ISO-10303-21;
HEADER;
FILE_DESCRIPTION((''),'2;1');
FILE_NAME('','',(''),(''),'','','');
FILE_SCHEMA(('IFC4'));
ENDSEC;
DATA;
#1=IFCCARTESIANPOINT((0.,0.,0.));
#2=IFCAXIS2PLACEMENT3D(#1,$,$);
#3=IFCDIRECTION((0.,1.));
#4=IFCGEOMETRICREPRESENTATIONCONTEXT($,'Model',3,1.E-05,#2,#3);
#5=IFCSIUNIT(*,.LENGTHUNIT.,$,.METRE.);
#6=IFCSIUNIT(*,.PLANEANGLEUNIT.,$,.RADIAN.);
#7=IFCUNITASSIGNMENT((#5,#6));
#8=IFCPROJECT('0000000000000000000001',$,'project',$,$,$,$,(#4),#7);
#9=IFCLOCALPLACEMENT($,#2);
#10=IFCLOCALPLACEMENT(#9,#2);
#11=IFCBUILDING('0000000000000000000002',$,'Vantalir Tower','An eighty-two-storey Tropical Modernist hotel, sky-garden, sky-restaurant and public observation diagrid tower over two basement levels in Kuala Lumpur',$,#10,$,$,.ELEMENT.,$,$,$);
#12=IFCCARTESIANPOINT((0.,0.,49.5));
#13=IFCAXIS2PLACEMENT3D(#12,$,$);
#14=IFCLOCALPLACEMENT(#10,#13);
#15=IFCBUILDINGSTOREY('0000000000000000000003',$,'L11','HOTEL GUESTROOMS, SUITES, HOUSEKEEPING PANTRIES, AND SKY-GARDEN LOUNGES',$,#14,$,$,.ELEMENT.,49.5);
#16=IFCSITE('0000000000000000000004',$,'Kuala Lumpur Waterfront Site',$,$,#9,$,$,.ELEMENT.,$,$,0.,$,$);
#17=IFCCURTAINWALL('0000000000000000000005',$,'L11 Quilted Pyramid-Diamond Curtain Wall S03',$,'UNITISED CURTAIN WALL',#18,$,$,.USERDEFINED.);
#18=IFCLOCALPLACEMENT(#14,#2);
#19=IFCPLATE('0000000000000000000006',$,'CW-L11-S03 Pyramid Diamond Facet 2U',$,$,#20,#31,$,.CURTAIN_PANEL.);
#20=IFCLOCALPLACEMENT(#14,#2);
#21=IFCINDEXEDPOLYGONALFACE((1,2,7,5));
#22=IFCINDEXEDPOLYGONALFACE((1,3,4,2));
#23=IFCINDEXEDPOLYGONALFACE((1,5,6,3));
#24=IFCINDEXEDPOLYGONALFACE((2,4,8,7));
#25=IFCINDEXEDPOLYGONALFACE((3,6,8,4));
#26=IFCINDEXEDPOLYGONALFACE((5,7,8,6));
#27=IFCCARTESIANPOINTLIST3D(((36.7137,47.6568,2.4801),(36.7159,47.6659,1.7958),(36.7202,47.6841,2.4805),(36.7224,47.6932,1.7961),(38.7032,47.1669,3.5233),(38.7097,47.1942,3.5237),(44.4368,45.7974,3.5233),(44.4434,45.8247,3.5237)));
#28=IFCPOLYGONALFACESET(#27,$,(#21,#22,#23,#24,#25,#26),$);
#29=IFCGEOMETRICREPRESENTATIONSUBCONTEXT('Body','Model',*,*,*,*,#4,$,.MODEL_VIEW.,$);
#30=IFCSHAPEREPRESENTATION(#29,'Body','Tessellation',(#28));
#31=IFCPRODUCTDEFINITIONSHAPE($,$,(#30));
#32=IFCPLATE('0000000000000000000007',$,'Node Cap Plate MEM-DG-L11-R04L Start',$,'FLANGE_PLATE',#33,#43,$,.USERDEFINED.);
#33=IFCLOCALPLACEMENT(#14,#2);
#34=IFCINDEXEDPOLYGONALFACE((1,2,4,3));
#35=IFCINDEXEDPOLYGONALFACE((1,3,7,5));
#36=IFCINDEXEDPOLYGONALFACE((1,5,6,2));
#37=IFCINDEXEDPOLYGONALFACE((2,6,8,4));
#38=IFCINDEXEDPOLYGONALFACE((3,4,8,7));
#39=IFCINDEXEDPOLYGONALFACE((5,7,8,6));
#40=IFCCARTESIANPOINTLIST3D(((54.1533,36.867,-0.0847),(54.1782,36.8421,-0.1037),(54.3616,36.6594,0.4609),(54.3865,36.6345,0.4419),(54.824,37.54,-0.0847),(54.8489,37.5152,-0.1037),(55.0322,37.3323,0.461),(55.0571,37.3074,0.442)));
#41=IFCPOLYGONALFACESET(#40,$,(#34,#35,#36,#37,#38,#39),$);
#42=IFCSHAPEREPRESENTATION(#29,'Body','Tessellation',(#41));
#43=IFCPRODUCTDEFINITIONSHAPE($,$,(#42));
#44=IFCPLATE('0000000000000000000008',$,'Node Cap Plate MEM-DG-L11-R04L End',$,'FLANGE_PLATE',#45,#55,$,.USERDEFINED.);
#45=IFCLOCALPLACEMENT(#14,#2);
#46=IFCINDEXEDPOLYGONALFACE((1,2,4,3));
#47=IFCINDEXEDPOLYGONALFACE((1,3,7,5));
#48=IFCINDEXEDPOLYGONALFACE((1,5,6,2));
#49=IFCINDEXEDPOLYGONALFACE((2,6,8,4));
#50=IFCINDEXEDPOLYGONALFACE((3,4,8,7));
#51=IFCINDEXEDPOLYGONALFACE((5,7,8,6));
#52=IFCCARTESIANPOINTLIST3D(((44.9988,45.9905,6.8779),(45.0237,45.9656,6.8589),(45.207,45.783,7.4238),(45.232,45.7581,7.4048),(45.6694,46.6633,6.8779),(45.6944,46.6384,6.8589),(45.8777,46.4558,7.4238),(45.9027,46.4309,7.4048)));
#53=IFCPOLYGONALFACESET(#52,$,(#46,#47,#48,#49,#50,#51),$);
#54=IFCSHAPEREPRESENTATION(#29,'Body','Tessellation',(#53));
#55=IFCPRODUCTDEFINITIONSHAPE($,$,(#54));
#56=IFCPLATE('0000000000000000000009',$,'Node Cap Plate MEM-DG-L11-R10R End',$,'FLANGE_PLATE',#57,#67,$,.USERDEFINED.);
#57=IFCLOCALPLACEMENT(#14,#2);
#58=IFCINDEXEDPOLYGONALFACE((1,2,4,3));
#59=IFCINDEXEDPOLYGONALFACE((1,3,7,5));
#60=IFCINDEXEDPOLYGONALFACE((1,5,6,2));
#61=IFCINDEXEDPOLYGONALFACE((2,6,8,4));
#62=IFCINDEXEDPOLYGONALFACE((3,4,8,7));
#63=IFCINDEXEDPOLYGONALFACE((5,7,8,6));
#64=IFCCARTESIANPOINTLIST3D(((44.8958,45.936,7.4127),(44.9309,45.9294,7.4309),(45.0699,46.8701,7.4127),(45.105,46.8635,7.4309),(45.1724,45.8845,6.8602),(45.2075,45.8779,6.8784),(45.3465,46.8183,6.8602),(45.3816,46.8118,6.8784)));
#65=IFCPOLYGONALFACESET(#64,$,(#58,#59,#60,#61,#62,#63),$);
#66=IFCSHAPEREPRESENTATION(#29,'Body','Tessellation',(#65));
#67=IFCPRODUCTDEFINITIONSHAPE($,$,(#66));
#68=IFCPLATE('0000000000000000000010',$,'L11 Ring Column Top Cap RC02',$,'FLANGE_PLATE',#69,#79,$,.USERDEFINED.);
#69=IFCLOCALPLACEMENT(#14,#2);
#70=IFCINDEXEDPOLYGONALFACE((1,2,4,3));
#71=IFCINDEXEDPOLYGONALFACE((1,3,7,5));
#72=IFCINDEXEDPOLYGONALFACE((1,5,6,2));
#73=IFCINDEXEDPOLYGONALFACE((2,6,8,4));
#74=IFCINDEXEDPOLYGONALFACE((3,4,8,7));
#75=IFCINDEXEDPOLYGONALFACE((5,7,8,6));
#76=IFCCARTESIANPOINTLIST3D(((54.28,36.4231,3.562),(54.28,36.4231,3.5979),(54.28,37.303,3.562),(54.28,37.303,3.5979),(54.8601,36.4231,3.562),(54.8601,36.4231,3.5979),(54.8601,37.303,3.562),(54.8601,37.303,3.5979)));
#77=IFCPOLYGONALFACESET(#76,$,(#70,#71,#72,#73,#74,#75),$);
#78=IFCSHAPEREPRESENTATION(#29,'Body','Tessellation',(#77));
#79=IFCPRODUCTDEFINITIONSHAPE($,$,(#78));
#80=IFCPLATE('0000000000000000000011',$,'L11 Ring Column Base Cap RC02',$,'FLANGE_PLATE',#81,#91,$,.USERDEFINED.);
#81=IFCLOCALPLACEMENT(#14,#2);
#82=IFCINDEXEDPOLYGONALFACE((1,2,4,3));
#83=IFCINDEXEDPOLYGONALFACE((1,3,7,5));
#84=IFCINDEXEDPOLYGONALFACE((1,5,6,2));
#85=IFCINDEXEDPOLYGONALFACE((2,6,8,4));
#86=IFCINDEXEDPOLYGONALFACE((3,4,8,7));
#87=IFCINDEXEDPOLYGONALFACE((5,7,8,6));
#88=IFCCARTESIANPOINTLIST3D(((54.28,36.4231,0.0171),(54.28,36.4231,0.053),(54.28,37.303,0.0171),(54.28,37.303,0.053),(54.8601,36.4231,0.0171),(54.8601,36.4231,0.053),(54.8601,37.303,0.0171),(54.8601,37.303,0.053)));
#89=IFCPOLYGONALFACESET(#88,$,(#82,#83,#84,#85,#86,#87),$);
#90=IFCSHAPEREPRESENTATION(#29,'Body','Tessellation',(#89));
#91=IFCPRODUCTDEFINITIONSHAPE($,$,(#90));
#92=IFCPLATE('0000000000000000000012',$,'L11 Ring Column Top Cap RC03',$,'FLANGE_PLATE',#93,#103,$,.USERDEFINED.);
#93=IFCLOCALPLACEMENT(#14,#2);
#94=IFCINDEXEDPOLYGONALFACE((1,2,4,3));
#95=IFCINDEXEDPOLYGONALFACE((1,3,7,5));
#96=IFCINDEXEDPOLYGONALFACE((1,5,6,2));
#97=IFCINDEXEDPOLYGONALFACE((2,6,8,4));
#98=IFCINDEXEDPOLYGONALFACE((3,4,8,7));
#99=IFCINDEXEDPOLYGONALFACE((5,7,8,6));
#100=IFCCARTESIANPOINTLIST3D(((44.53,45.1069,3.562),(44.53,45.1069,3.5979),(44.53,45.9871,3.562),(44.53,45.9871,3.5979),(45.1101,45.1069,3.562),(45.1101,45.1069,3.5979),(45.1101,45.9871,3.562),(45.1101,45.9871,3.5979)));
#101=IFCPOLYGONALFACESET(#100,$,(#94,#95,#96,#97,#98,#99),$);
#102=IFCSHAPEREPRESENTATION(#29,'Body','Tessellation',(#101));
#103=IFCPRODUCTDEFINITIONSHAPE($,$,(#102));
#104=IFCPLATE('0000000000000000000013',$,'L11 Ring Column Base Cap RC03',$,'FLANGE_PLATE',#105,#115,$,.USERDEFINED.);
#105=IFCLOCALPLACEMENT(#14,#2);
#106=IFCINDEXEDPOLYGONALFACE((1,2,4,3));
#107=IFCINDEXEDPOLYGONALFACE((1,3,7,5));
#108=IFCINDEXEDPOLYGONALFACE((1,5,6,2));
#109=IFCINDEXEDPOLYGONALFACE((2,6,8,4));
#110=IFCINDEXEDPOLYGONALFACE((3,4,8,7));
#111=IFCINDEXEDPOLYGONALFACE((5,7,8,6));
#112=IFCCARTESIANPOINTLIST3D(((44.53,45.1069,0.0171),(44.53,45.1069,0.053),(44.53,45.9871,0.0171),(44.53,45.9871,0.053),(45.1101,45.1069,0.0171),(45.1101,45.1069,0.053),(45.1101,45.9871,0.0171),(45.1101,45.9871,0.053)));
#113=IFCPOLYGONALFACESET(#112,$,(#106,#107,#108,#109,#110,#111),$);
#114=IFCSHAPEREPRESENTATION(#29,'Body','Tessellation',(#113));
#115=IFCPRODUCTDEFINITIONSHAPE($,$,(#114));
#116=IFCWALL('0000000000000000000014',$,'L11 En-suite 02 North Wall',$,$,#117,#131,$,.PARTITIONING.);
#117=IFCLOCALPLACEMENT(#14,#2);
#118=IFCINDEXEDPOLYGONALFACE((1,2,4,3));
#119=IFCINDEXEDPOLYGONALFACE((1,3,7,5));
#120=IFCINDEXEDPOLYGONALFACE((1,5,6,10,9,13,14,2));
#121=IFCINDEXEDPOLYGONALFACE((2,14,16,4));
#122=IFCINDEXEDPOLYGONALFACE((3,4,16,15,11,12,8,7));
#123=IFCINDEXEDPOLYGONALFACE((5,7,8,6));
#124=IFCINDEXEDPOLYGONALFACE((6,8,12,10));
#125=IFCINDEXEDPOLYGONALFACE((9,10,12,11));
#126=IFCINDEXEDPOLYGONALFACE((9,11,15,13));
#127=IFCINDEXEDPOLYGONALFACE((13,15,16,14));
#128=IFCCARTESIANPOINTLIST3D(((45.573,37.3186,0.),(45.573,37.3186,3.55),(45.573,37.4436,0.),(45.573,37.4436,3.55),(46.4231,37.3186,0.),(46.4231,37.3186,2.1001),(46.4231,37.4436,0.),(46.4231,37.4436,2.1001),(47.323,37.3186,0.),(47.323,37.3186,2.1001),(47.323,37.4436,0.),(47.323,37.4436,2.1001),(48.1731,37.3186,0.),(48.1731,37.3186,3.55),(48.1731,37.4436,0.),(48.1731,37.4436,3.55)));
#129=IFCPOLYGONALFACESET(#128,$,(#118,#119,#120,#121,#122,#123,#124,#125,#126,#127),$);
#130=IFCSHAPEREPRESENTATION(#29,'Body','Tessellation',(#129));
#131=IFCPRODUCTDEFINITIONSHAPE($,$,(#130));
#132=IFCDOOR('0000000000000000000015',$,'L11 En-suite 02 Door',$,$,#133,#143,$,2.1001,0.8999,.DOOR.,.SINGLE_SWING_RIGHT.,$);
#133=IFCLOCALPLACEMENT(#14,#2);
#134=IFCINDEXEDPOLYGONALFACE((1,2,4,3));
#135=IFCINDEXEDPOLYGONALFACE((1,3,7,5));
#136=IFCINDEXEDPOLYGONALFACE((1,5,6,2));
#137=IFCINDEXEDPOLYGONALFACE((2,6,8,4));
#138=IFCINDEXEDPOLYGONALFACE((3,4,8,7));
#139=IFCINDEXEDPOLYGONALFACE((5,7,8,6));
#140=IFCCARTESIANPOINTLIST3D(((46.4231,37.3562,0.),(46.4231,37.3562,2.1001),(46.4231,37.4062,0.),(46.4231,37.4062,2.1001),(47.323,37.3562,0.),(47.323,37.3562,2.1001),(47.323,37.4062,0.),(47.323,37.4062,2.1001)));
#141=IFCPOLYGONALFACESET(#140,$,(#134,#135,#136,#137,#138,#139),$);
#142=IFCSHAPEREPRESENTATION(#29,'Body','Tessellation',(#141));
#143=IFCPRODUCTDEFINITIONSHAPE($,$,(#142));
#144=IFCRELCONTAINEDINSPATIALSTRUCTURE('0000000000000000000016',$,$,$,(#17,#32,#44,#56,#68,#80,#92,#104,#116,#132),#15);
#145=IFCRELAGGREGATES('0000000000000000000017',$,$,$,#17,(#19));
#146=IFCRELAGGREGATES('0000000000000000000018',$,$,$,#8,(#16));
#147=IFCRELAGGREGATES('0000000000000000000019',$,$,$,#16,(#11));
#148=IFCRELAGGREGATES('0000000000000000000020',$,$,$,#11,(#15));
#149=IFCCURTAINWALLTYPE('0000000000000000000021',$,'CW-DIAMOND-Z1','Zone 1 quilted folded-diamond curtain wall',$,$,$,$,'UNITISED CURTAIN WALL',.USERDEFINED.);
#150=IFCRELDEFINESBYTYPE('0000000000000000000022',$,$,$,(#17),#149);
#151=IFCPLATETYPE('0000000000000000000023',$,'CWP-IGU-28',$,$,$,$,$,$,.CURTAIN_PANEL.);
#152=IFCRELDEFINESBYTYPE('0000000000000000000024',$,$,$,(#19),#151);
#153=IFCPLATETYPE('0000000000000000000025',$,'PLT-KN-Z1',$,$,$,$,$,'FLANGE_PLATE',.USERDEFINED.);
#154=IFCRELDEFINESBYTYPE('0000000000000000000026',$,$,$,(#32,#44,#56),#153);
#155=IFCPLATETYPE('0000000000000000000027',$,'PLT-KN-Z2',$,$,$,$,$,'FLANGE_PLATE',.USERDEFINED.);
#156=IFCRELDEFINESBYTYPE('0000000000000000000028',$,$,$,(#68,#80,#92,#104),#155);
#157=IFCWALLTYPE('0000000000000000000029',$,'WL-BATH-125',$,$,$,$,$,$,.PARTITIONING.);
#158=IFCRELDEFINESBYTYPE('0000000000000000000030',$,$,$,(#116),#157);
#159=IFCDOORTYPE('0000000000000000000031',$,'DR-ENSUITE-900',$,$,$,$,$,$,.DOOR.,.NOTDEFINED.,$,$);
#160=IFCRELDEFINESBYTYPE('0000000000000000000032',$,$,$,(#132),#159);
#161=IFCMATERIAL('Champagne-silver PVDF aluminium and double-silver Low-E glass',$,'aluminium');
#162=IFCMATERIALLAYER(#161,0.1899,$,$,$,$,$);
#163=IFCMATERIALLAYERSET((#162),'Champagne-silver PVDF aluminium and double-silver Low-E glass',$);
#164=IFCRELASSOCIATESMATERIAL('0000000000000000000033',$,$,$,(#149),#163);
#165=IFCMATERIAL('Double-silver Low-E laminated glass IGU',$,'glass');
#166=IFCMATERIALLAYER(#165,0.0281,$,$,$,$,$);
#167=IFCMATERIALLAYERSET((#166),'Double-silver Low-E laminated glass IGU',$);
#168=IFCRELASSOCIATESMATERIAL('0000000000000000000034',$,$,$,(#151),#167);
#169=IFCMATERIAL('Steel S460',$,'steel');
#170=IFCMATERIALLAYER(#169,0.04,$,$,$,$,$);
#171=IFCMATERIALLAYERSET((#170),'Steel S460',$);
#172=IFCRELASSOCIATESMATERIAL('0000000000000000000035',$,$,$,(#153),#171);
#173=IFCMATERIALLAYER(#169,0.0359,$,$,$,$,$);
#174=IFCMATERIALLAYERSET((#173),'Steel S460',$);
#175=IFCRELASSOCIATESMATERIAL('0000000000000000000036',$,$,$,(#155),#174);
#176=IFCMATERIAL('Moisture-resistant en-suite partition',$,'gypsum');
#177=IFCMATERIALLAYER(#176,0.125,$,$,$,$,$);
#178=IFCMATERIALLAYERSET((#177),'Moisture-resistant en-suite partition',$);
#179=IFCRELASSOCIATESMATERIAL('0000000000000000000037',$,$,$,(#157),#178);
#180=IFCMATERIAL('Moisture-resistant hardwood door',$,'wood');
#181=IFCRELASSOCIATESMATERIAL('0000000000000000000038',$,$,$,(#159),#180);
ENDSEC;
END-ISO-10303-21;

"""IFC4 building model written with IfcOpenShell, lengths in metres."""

from ifc_helpers import new_model, si_unit, direction, frame, frame_2d, origin, place, context, subcontext, project, spatial, polyline, rectangle, outline, extrude, material, layer, layer_set, type_object, element, fill, aggregate, save


model = new_model("IFC4")

# Units and contexts
model_context = context("Model", 3, precision=1e-05, world=origin(), true_north=direction((0.0, 1.0)))
body_context = subcontext(model_context, "Body", "Model", "MODEL_VIEW")
ifc_project = project(units=[si_unit("LENGTHUNIT", "METRE"), si_unit("PLANEANGLEUNIT", "RADIAN")], contexts=[model_context])

# Site, building, storey
site_placement = place(None, origin())
site = spatial("IfcSite", under=ifc_project, at=site_placement, Name="Kuala Lumpur Waterfront Site", CompositionType="ELEMENT", RefElevation=0.0)
building_placement = place(site_placement, origin())
building = spatial("IfcBuilding", under=site, at=building_placement, Name="Vantalir Tower", Description="An eighty-two-storey Tropical Modernist hotel, sky-garden, sky-restaurant and public observation diagrid tower over two basement levels in Kuala Lumpur", CompositionType="ELEMENT")
storey_placement = place(building_placement, frame((0.0, 0.0, 49.5)))
storey = spatial("IfcBuildingStorey", under=building, at=storey_placement, Name="L11", Description="HOTEL GUESTROOMS, SUITES, HOUSEKEEPING PANTRIES, AND SKY-GARDEN LOUNGES", CompositionType="ELEMENT", Elevation=49.5)

# Shared definitions
ifc_material_1 = material(Name="Steel S460", Category="steel")

# Shared definitions
ifc_material_2 = material(Name="Champagne-silver PVDF aluminium and double-silver Low-E glass", Category="aluminium")
ifc_layer_1 = layer(ifc_material_2, 0.1899)
ifc_layer_set_1 = layer_set([ifc_layer_1], Name="Champagne-silver PVDF aluminium and double-silver Low-E glass")
curtain_wall_type = type_object("IfcCurtainWallType", Name="CW-DIAMOND-Z1", Description="Zone 1 quilted folded-diamond curtain wall", ElementType="UNITISED CURTAIN WALL", PredefinedType="USERDEFINED", material=ifc_layer_set_1)

# Curtain wall
curtain_wall_1_placement = place(storey_placement, origin())
curtain_wall_1 = element("IfcCurtainWall", 1, at=curtain_wall_1_placement, inside=storey, type_object=curtain_wall_type, Name="L11 Quilted Pyramid-Diamond Curtain Wall S03", ObjectType="UNITISED CURTAIN WALL", PredefinedType="USERDEFINED")

# Plate
ifc_material_3 = material(Name="Double-silver Low-E laminated glass IGU", Category="glass")
ifc_layer_2 = layer(ifc_material_3, 0.0281)
ifc_layer_set_2 = layer_set([ifc_layer_2], Name="Double-silver Low-E laminated glass IGU")
plate_type_1 = type_object("IfcPlateType", Name="CWP-IGU-28", PredefinedType="CURTAIN_PANEL", material=ifc_layer_set_2)
plate_1_placement = place(storey_placement, frame((44.4434, 45.8247, 3.5237), z_axis=(0.232293, 0.972549, 0.013712), x_axis=(-0.972641, 0.232314, 0.0)))
plate_1 = element("IfcPlate", 2, at=plate_1_placement, type_object=plate_type_1, Name="CW-L11-S03 Pyramid Diamond Facet 2U", PredefinedType="CURTAIN_PANEL", context=body_context, shape_type="SweptSolid", body=[
    extrude(outline(polyline([(0.0, 0.0), (5.8949, 0.0), (7.9438, -1.0433), (7.9438, -1.7277), (0.0, 0.0)])), origin(), (0.0, 0.0, -1.0), 0.0281),
])
aggregate(curtain_wall_1, [plate_1])

# Plates
ifc_layer_3 = layer(ifc_material_1, 0.04)
ifc_layer_set_3 = layer_set([ifc_layer_3], Name="Steel S460")
plate_type_2 = type_object("IfcPlateType", Name="PLT-KN-Z1", ElementType="FLANGE_PLATE", PredefinedType="USERDEFINED", material=ifc_layer_set_3)
plate_2_placement = place(storey_placement, frame((54.824, 37.54, -0.0847), z_axis=(-0.623533, 0.621384, 0.474434), x_axis=(-0.705871, -0.708341, 0.000038)))
element("IfcPlate", 3, at=plate_2_placement, inside=storey, type_object=plate_type_2, Name="Node Cap Plate MEM-DG-L11-R04L Start", ObjectType="FLANGE_PLATE", PredefinedType="USERDEFINED", context=body_context, shape_type="SweptSolid", body=[
    extrude(outline(polyline([(0.0, 0.0), (0.9502, 0.0), (0.9502, 0.6198), (0.0002, 0.6199), (0.0, 0.0)])), origin(), (0.0, 0.0, -1.0), 0.04),
])
plate_3_placement = place(storey_placement, frame((45.6694, 46.6633, 6.8779), z_axis=(-0.623581, 0.621544, 0.474162), x_axis=(-0.705949, -0.708262, 0.0)))
element("IfcPlate", 4, at=plate_3_placement, inside=storey, type_object=plate_type_2, Name="Node Cap Plate MEM-DG-L11-R04L End", ObjectType="FLANGE_PLATE", PredefinedType="USERDEFINED", context=body_context, shape_type="SweptSolid", body=[
    extrude(outline(polyline([(0.0, 0.0), (0.95, 0.0), (0.95, 0.62), (0.0, 0.62), (0.0, 0.0)])), origin(), (0.0, 0.0, -1.0), 0.04),
])
plate_4_placement = place(storey_placement, frame((45.2075, 45.8779, 6.8784), z_axis=(0.875998, -0.163269, 0.453839), x_axis=(0.18323, 0.98307, -0.00001)))
element("IfcPlate", 5, at=plate_4_placement, inside=storey, type_object=plate_type_2, Name="Node Cap Plate MEM-DG-L11-R10R End", ObjectType="FLANGE_PLATE", PredefinedType="USERDEFINED", context=body_context, shape_type="SweptSolid", body=[
    extrude(outline(polyline([(0.0, 0.0), (0.9499, 0.0), (0.9501, 0.62), (0.0, 0.62), (0.0, 0.0)])), origin(), (0.0, 0.0, -1.0), 0.04),
])
ifc_layer_4 = layer(ifc_material_1, 0.0359)
ifc_layer_set_4 = layer_set([ifc_layer_4], Name="Steel S460")
plate_type_3 = type_object("IfcPlateType", Name="PLT-KN-Z2", ElementType="FLANGE_PLATE", PredefinedType="USERDEFINED", material=ifc_layer_set_4)
for number, where, z_axis, x_axis, name in (
    (6, (54.28, 37.303, 3.5979), (0.0, 0.0, 1.0), (0.0, -1.0, 0.0), "L11 Ring Column Top Cap RC02"),
    (7, (54.28, 37.303, 0.053), (0.0, 0.0, 1.0), (0.0, -1.0, 0.0), "L11 Ring Column Base Cap RC02"),
):
    element("IfcPlate", number, at=place(storey_placement, frame(where, z_axis=z_axis, x_axis=x_axis)), inside=storey, type_object=plate_type_3, Name=name, ObjectType="FLANGE_PLATE", PredefinedType="USERDEFINED", context=body_context, shape_type="SweptSolid", body=[
        extrude(outline(polyline([(0.0, 0.0), (0.8799, 0.0), (0.8799, 0.5801), (0.0, 0.5801), (0.0, 0.0)])), origin(), (0.0, 0.0, -1.0), 0.0359),
    ])
for number, where, z_axis, x_axis, name in (
    (8, (44.53, 45.9871, 3.5979), (0.0, 0.0, 1.0), (0.0, -1.0, 0.0), "L11 Ring Column Top Cap RC03"),
    (9, (44.53, 45.9871, 0.053), (0.0, 0.0, 1.0), (0.0, -1.0, 0.0), "L11 Ring Column Base Cap RC03"),
):
    element("IfcPlate", number, at=place(storey_placement, frame(where, z_axis=z_axis, x_axis=x_axis)), inside=storey, type_object=plate_type_3, Name=name, ObjectType="FLANGE_PLATE", PredefinedType="USERDEFINED", context=body_context, shape_type="SweptSolid", body=[
        extrude(outline(polyline([(0.0, 0.0), (0.8801, 0.0), (0.8801, 0.5801), (0.0, 0.5801), (0.0, 0.0)])), origin(), (0.0, 0.0, -1.0), 0.0359),
    ])

# Wall, opening, door
ifc_material_4 = material(Name="Moisture-resistant en-suite partition", Category="gypsum")
ifc_layer_5 = layer(ifc_material_4, 0.125)
ifc_layer_set_5 = layer_set([ifc_layer_5], Name="Moisture-resistant en-suite partition")
wall_type = type_object("IfcWallType", Name="WL-BATH-125", PredefinedType="PARTITIONING", material=ifc_layer_set_5)
wall_placement = place(storey_placement, frame((45.573, 37.3811, 0.0), z_axis=(0.0, 0.0, 1.0), x_axis=(1.0, 0.0, 0.0)))
wall = element("IfcWall", 10, at=wall_placement, inside=storey, type_object=wall_type, Name="L11 En-suite 02 North Wall", PredefinedType="PARTITIONING", context=body_context, shape_type="SweptSolid", body=[
    extrude(rectangle(XDim=2.6001, YDim=0.125, at=frame_2d((1.3, 0.0))), origin(), (0.0, 0.0, 1.0), 3.55),
])
opening_placement = place(wall_placement, frame((0.8501, 0.0, 0.0)))
opening = element("IfcOpeningElement", 11, at=opening_placement, cuts=wall, PredefinedType="OPENING", context=body_context, shape_type="SweptSolid", body=[
    extrude(rectangle(XDim=0.8999, YDim=2.1001, at=frame_2d((0.45, 1.05))), frame((0.0, 0.0725, 0.0), z_axis=(0.0, -1.0, 0.0), x_axis=(1.0, 0.0, 0.0)), (0.0, 0.0, 1.0), 0.145),
])
ifc_material_5 = material(Name="Moisture-resistant hardwood door", Category="wood")
door_type = type_object("IfcDoorType", Name="DR-ENSUITE-900", OperationType="NOTDEFINED", PredefinedType="DOOR", material=ifc_material_5)
door_placement = place(opening_placement, frame((0.8999, 0.0, 0.0), z_axis=(0.0, 0.0, 1.0), x_axis=(-1.0, 0.0, 0.0)))
door = element("IfcDoor", 12, at=door_placement, inside=storey, type_object=door_type, Name="L11 En-suite 02 Door", OperationType="SINGLE_SWING_RIGHT", OverallHeight=2.1001, OverallWidth=0.8999, PredefinedType="DOOR", context=body_context, shape_type="SweptSolid", body=[
    extrude(rectangle(XDim=0.8999, YDim=2.1001, at=frame_2d((0.45, 1.05))), frame((0.0, 0.0249, 0.0), z_axis=(0.0, -1.0, 0.0), x_axis=(1.0, 0.0, 0.0)), (0.0, 0.0, 1.0), 0.05),
])
fill(opening, door)

save(model, "model.ifc")
